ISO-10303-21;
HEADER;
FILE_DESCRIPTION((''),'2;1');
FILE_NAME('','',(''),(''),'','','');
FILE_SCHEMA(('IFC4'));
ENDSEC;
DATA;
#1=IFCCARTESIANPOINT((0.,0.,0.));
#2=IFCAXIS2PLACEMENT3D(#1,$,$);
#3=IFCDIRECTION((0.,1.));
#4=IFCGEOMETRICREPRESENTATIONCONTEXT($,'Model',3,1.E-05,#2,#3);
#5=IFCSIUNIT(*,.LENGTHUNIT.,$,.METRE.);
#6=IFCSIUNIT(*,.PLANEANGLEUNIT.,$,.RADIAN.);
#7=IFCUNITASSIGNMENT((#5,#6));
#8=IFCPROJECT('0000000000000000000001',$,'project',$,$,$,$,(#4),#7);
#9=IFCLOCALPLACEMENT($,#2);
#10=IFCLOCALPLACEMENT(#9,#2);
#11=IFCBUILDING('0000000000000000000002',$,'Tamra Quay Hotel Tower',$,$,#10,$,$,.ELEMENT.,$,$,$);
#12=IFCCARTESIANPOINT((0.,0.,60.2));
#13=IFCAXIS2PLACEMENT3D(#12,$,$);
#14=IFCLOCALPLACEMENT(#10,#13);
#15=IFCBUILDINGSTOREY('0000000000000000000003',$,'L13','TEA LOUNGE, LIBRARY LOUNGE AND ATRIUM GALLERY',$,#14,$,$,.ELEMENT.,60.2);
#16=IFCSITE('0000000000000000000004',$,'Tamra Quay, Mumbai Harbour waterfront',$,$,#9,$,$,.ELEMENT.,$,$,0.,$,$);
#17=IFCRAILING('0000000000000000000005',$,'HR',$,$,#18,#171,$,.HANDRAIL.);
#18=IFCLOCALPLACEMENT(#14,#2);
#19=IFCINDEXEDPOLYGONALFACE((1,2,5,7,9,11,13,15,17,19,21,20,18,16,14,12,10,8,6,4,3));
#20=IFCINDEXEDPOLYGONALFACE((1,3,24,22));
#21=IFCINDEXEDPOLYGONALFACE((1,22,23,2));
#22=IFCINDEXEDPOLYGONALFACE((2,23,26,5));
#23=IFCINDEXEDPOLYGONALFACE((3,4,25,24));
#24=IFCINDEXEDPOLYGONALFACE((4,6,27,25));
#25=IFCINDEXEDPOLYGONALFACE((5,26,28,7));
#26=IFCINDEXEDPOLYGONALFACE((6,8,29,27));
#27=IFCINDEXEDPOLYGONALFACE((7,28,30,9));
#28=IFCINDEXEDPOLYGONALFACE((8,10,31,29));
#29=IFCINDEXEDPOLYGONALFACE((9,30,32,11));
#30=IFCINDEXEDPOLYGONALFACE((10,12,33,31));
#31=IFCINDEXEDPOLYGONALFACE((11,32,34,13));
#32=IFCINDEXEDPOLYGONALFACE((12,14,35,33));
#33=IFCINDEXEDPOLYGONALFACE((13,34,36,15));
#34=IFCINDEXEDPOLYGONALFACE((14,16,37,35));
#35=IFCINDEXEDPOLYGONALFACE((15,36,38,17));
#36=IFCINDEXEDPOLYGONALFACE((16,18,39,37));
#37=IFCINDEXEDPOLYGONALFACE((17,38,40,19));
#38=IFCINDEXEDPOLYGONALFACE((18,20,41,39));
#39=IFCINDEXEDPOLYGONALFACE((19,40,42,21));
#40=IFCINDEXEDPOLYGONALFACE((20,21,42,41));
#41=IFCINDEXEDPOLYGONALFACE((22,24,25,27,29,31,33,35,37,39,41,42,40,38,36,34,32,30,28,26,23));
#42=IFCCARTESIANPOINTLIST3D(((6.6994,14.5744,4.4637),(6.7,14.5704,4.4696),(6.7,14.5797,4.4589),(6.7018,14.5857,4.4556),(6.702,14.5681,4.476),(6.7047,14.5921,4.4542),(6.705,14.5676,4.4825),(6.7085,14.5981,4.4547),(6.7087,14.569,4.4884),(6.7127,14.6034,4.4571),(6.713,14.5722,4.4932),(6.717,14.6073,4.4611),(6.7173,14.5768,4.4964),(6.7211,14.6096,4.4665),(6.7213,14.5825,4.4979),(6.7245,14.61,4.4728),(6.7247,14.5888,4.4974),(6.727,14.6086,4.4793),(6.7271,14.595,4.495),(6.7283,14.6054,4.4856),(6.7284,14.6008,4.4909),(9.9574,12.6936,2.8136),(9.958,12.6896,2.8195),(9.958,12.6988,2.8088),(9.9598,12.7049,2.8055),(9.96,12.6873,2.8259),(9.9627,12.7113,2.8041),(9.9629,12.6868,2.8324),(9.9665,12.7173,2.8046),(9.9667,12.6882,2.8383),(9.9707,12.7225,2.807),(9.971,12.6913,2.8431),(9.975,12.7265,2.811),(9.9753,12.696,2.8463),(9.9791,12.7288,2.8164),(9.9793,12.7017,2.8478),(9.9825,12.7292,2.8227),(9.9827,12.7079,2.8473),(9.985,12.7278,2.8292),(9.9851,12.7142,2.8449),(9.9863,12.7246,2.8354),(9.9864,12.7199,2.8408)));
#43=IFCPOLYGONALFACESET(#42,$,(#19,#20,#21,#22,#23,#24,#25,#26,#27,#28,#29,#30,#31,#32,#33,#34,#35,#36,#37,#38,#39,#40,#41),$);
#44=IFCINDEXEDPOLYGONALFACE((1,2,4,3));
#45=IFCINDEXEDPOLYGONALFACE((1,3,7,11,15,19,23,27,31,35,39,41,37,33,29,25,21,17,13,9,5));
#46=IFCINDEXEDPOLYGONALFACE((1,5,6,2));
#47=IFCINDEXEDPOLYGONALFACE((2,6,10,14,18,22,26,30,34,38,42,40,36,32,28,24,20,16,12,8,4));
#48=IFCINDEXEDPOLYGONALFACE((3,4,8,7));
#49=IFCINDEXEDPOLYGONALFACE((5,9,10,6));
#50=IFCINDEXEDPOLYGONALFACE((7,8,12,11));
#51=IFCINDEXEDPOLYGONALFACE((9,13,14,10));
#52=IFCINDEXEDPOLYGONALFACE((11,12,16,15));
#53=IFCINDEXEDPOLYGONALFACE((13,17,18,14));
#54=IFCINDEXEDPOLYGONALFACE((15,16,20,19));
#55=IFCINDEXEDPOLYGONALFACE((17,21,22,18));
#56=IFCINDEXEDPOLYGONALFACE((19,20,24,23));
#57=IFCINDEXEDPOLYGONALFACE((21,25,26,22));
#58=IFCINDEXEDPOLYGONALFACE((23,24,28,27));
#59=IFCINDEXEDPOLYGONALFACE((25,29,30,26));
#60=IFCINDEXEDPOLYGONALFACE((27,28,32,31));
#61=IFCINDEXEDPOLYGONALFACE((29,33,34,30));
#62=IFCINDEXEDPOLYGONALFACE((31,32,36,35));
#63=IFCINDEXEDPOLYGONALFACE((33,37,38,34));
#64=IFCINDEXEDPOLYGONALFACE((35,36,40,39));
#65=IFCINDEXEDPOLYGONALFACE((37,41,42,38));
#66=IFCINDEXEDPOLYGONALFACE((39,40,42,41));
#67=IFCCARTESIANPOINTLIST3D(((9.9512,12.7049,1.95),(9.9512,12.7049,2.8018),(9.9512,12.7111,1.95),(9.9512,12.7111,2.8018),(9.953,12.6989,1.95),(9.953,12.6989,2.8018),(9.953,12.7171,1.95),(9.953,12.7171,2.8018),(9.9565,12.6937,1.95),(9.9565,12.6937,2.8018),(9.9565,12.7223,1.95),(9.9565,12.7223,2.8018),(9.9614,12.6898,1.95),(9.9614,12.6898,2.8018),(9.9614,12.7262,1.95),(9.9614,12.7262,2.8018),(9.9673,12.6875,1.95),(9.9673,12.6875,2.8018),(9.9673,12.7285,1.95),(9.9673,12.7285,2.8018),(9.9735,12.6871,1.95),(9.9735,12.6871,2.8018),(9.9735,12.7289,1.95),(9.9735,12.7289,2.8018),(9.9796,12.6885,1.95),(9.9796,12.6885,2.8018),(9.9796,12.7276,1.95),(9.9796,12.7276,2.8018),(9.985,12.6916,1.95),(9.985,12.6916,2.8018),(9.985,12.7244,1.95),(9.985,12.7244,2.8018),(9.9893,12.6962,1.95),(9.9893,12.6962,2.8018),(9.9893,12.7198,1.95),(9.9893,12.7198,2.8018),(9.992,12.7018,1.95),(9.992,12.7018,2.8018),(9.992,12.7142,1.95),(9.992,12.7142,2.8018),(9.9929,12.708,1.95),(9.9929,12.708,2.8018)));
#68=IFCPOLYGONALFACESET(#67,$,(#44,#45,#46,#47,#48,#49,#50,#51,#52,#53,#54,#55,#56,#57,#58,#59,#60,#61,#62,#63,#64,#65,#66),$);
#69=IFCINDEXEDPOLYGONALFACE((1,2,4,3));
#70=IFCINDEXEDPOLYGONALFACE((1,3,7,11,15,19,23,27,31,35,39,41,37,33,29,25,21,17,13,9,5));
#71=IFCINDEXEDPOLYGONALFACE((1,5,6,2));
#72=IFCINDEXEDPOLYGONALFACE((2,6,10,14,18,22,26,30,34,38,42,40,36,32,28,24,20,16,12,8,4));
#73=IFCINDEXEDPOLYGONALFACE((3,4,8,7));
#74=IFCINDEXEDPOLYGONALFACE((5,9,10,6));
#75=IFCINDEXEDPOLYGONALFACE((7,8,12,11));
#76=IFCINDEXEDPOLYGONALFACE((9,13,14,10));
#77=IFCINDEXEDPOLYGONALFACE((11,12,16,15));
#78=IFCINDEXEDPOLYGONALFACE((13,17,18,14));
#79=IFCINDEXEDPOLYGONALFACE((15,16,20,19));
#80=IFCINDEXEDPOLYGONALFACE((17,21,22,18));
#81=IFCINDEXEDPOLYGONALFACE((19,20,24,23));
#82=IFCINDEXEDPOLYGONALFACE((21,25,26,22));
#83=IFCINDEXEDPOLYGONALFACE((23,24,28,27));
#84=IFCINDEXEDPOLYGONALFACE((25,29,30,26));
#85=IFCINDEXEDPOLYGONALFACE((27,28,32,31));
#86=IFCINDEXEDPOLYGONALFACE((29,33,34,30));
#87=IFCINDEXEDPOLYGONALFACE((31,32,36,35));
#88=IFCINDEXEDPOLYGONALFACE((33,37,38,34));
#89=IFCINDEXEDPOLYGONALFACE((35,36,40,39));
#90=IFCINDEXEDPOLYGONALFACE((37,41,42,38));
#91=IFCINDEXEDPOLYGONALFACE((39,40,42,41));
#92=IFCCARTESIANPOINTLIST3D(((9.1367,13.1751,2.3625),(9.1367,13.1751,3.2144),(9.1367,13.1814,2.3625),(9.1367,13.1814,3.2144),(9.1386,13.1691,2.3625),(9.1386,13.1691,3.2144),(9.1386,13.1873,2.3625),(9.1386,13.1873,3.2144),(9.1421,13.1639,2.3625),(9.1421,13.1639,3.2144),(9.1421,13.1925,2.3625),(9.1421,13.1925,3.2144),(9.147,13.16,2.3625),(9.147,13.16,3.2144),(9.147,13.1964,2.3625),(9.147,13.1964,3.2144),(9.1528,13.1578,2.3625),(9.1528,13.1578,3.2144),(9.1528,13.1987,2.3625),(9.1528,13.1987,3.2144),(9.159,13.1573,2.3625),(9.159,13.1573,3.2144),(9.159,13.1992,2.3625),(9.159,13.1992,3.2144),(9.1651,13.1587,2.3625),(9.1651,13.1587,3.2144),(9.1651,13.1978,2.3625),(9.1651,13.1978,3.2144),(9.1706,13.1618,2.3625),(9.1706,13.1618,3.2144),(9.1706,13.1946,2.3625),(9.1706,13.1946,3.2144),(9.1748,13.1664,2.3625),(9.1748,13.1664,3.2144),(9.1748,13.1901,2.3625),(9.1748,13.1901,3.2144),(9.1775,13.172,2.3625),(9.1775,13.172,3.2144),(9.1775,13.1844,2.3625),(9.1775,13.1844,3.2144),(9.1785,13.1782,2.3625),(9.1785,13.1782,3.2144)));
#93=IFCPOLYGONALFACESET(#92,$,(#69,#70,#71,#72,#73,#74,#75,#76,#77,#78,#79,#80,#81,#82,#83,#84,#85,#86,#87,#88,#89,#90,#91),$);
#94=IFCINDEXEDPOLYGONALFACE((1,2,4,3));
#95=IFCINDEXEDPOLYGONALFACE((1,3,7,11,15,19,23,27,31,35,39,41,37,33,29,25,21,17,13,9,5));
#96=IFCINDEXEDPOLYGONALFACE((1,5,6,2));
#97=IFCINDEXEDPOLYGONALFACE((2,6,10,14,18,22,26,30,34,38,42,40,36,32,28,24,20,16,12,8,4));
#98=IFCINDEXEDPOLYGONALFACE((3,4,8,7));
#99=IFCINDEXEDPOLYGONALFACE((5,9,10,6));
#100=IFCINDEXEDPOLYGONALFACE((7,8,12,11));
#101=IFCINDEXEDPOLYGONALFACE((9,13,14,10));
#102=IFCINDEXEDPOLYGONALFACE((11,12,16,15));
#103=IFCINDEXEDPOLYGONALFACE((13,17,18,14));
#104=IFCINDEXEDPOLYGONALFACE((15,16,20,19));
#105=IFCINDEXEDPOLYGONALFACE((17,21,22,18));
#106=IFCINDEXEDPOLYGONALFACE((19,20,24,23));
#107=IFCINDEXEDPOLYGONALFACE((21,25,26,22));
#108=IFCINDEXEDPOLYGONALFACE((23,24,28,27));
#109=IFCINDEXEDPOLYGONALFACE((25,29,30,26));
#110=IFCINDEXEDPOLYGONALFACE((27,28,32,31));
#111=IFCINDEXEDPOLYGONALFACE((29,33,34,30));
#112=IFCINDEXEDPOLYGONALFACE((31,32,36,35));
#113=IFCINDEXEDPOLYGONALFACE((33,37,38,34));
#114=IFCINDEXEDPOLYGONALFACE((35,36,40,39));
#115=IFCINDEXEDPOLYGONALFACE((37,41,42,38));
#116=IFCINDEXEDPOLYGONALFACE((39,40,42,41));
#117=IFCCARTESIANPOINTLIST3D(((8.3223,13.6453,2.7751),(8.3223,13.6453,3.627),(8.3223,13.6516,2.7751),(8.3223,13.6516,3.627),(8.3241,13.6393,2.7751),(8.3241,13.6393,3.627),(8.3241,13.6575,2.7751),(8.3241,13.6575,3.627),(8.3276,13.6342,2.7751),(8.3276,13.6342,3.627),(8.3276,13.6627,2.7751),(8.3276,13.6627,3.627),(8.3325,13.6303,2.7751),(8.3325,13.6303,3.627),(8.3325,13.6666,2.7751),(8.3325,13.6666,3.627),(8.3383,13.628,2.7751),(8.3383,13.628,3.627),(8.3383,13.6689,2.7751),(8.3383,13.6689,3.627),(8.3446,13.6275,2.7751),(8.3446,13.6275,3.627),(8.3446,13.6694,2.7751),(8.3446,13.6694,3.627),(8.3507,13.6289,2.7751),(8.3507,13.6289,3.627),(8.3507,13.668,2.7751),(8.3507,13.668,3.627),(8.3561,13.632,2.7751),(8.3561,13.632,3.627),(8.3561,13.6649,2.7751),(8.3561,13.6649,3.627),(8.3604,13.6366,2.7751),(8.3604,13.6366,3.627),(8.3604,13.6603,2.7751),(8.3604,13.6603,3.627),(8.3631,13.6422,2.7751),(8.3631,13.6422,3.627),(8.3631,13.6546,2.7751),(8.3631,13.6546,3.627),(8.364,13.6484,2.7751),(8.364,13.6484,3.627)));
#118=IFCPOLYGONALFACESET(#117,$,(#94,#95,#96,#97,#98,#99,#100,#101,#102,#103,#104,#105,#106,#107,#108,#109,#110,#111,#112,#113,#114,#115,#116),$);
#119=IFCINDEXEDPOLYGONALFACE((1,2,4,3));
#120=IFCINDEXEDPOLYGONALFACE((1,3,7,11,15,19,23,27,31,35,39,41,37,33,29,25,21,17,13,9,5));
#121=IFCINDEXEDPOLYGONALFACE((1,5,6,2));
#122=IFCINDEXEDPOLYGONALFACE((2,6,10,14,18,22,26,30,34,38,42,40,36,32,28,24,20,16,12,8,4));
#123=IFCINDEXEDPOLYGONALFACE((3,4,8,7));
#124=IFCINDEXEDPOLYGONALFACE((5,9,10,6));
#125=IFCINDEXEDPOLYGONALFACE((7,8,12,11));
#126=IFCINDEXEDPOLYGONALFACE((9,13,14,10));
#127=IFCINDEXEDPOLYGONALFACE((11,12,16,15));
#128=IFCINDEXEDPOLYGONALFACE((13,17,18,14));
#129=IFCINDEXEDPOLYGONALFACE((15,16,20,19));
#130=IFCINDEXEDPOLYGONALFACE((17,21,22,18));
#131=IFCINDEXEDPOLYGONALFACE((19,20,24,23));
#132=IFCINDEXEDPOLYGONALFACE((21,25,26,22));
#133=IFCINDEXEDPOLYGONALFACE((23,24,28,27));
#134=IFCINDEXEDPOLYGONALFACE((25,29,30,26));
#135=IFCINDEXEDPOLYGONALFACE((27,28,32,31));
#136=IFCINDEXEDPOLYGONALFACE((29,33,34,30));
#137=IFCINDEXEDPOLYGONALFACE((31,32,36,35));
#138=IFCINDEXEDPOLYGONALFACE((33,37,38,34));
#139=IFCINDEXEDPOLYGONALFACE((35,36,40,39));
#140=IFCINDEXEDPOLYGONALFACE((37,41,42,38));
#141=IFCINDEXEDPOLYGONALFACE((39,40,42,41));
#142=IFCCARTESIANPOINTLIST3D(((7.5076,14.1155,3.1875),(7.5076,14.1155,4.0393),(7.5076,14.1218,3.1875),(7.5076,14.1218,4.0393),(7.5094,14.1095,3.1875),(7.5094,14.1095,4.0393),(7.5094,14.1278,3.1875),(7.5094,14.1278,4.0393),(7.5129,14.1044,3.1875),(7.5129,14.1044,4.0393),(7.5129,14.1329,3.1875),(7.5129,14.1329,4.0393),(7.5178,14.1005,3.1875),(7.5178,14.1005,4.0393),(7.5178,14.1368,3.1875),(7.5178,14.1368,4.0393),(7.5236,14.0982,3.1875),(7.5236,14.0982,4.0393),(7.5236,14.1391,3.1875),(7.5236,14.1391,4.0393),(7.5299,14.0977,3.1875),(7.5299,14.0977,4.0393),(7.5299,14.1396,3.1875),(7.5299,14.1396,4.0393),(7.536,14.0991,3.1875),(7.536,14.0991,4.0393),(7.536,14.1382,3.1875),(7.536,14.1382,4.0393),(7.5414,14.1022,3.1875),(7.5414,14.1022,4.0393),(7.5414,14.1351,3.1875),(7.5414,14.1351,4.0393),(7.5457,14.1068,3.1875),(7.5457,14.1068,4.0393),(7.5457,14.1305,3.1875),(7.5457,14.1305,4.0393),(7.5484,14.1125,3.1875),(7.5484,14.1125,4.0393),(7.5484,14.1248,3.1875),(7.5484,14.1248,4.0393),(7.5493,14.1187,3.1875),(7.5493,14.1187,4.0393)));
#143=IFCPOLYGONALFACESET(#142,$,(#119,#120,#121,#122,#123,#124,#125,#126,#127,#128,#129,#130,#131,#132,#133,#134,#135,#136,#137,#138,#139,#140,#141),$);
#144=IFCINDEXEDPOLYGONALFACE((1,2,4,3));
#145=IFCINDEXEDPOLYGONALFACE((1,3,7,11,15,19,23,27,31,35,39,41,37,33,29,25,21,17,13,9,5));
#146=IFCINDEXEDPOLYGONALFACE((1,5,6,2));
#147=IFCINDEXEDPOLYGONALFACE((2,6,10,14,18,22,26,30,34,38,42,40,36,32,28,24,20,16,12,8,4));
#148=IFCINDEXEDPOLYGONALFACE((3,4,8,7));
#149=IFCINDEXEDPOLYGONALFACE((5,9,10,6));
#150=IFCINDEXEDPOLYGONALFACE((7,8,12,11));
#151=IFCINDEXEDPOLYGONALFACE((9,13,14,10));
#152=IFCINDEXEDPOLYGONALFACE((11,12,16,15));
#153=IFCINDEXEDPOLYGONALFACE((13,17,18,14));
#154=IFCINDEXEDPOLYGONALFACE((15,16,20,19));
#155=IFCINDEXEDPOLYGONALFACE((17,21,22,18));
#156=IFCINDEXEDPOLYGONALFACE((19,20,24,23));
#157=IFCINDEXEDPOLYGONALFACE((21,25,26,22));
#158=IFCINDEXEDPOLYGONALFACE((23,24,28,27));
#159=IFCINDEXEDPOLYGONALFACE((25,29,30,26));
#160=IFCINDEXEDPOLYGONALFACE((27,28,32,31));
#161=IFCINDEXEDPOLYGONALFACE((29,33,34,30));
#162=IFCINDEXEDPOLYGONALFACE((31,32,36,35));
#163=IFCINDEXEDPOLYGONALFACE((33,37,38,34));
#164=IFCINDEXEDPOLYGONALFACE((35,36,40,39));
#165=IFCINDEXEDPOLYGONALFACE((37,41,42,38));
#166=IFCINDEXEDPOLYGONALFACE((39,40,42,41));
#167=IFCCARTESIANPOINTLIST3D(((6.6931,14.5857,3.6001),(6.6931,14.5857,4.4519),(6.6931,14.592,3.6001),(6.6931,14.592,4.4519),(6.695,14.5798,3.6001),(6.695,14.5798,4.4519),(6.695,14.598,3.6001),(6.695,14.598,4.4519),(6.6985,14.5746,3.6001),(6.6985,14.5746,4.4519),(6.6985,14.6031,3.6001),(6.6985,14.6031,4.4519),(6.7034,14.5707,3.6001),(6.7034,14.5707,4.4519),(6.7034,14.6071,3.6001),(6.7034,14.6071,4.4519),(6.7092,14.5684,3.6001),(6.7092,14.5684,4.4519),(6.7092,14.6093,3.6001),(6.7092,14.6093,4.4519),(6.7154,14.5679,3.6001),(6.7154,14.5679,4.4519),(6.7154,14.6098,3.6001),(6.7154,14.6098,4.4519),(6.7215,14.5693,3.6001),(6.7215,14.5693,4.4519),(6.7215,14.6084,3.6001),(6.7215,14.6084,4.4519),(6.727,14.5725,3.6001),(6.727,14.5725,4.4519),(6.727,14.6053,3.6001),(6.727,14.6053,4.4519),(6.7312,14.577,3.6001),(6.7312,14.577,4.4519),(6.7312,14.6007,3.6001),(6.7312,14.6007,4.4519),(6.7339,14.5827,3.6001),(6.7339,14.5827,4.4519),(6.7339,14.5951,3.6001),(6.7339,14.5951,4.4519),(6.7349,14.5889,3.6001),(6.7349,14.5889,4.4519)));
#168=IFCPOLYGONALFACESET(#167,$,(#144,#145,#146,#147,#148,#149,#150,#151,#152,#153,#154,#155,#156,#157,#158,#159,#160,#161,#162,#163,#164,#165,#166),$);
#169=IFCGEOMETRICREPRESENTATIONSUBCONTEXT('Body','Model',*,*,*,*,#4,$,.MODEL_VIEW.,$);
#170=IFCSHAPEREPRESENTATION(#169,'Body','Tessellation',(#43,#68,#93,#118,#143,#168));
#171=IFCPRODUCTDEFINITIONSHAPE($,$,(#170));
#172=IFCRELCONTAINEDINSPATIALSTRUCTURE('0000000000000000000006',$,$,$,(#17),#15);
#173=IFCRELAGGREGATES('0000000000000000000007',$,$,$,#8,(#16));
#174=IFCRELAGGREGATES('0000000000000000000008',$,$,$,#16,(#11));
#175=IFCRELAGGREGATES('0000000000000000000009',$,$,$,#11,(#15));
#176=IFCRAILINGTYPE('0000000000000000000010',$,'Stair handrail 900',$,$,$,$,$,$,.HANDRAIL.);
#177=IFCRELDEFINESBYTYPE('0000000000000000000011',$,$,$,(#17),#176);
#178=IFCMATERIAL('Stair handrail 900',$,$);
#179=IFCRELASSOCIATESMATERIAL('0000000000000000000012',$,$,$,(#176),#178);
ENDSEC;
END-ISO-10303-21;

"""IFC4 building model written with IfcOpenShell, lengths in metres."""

from ifc_helpers import new_model, si_unit, direction, frame, origin, origin_2d, place, context, subcontext, project, spatial, circle, extrude, material, type_object, element, save


model = new_model("IFC4")

# Units and contexts
model_context = context("Model", 3, precision=1e-05, world=origin(), true_north=direction((0.0, 1.0)))
body_context = subcontext(model_context, "Body", "Model", "MODEL_VIEW")
ifc_project = project(units=[si_unit("LENGTHUNIT", "METRE"), si_unit("PLANEANGLEUNIT", "RADIAN")], contexts=[model_context])

# Site, building, storey
site_placement = place(None, origin())
site = spatial("IfcSite", under=ifc_project, at=site_placement, Name="Tamra Quay, Mumbai Harbour waterfront", CompositionType="ELEMENT", RefElevation=0.0)
building_placement = place(site_placement, origin())
building = spatial("IfcBuilding", under=site, at=building_placement, Name="Tamra Quay Hotel Tower", CompositionType="ELEMENT")
storey_placement = place(building_placement, frame((0.0, 0.0, 60.2)))
storey = spatial("IfcBuildingStorey", under=building, at=storey_placement, Name="L13", Description="TEA LOUNGE, LIBRARY LOUNGE AND ATRIUM GALLERY", CompositionType="ELEMENT", Elevation=60.2)

# Railing
ifc_material_1 = material(Name="Stair handrail 900")
railing_type_1 = type_object("IfcRailingType", Name="Stair handrail 900", PredefinedType="HANDRAIL", material=ifc_material_1)
railing_1_placement = place(storey_placement, frame((9.9719, 12.708, 1.95)))
element("IfcRailing", 1, at=railing_1_placement, inside=storey, type_object=railing_type_1, Name="HR", PredefinedType="HANDRAIL", context=body_context, shape_type="SweptSolid", body=[
    extrude(circle(Radius=0.0239, at=origin_2d()), frame((0.0, 0.0, 0.876), z_axis=(-0.793103, 0.457854, 0.401692), x_axis=(-0.499964, -0.866046, 0.0)), (0.0, 0.0, 1.0), 4.1079),
    extrude(circle(Radius=0.021, at=origin_2d()), origin(), (0.0, 0.0, 1.0), 0.8518),
    extrude(circle(Radius=0.021, at=origin_2d()), frame((-0.8145, 0.4702, 0.4126)), (0.0, 0.0, 1.0), 0.8518),
    extrude(circle(Radius=0.021, at=origin_2d()), frame((-1.6289, 0.9404, 0.8252)), (0.0, 0.0, 1.0), 0.8518),
    extrude(circle(Radius=0.021, at=origin_2d()), frame((-2.4436, 1.4106, 1.2375)), (0.0, 0.0, 1.0), 0.8518),
    extrude(circle(Radius=0.021, at=origin_2d()), frame((-3.2581, 1.8809, 1.6501)), (0.0, 0.0, 1.0), 0.8518),
])

save(model, "model.ifc")
